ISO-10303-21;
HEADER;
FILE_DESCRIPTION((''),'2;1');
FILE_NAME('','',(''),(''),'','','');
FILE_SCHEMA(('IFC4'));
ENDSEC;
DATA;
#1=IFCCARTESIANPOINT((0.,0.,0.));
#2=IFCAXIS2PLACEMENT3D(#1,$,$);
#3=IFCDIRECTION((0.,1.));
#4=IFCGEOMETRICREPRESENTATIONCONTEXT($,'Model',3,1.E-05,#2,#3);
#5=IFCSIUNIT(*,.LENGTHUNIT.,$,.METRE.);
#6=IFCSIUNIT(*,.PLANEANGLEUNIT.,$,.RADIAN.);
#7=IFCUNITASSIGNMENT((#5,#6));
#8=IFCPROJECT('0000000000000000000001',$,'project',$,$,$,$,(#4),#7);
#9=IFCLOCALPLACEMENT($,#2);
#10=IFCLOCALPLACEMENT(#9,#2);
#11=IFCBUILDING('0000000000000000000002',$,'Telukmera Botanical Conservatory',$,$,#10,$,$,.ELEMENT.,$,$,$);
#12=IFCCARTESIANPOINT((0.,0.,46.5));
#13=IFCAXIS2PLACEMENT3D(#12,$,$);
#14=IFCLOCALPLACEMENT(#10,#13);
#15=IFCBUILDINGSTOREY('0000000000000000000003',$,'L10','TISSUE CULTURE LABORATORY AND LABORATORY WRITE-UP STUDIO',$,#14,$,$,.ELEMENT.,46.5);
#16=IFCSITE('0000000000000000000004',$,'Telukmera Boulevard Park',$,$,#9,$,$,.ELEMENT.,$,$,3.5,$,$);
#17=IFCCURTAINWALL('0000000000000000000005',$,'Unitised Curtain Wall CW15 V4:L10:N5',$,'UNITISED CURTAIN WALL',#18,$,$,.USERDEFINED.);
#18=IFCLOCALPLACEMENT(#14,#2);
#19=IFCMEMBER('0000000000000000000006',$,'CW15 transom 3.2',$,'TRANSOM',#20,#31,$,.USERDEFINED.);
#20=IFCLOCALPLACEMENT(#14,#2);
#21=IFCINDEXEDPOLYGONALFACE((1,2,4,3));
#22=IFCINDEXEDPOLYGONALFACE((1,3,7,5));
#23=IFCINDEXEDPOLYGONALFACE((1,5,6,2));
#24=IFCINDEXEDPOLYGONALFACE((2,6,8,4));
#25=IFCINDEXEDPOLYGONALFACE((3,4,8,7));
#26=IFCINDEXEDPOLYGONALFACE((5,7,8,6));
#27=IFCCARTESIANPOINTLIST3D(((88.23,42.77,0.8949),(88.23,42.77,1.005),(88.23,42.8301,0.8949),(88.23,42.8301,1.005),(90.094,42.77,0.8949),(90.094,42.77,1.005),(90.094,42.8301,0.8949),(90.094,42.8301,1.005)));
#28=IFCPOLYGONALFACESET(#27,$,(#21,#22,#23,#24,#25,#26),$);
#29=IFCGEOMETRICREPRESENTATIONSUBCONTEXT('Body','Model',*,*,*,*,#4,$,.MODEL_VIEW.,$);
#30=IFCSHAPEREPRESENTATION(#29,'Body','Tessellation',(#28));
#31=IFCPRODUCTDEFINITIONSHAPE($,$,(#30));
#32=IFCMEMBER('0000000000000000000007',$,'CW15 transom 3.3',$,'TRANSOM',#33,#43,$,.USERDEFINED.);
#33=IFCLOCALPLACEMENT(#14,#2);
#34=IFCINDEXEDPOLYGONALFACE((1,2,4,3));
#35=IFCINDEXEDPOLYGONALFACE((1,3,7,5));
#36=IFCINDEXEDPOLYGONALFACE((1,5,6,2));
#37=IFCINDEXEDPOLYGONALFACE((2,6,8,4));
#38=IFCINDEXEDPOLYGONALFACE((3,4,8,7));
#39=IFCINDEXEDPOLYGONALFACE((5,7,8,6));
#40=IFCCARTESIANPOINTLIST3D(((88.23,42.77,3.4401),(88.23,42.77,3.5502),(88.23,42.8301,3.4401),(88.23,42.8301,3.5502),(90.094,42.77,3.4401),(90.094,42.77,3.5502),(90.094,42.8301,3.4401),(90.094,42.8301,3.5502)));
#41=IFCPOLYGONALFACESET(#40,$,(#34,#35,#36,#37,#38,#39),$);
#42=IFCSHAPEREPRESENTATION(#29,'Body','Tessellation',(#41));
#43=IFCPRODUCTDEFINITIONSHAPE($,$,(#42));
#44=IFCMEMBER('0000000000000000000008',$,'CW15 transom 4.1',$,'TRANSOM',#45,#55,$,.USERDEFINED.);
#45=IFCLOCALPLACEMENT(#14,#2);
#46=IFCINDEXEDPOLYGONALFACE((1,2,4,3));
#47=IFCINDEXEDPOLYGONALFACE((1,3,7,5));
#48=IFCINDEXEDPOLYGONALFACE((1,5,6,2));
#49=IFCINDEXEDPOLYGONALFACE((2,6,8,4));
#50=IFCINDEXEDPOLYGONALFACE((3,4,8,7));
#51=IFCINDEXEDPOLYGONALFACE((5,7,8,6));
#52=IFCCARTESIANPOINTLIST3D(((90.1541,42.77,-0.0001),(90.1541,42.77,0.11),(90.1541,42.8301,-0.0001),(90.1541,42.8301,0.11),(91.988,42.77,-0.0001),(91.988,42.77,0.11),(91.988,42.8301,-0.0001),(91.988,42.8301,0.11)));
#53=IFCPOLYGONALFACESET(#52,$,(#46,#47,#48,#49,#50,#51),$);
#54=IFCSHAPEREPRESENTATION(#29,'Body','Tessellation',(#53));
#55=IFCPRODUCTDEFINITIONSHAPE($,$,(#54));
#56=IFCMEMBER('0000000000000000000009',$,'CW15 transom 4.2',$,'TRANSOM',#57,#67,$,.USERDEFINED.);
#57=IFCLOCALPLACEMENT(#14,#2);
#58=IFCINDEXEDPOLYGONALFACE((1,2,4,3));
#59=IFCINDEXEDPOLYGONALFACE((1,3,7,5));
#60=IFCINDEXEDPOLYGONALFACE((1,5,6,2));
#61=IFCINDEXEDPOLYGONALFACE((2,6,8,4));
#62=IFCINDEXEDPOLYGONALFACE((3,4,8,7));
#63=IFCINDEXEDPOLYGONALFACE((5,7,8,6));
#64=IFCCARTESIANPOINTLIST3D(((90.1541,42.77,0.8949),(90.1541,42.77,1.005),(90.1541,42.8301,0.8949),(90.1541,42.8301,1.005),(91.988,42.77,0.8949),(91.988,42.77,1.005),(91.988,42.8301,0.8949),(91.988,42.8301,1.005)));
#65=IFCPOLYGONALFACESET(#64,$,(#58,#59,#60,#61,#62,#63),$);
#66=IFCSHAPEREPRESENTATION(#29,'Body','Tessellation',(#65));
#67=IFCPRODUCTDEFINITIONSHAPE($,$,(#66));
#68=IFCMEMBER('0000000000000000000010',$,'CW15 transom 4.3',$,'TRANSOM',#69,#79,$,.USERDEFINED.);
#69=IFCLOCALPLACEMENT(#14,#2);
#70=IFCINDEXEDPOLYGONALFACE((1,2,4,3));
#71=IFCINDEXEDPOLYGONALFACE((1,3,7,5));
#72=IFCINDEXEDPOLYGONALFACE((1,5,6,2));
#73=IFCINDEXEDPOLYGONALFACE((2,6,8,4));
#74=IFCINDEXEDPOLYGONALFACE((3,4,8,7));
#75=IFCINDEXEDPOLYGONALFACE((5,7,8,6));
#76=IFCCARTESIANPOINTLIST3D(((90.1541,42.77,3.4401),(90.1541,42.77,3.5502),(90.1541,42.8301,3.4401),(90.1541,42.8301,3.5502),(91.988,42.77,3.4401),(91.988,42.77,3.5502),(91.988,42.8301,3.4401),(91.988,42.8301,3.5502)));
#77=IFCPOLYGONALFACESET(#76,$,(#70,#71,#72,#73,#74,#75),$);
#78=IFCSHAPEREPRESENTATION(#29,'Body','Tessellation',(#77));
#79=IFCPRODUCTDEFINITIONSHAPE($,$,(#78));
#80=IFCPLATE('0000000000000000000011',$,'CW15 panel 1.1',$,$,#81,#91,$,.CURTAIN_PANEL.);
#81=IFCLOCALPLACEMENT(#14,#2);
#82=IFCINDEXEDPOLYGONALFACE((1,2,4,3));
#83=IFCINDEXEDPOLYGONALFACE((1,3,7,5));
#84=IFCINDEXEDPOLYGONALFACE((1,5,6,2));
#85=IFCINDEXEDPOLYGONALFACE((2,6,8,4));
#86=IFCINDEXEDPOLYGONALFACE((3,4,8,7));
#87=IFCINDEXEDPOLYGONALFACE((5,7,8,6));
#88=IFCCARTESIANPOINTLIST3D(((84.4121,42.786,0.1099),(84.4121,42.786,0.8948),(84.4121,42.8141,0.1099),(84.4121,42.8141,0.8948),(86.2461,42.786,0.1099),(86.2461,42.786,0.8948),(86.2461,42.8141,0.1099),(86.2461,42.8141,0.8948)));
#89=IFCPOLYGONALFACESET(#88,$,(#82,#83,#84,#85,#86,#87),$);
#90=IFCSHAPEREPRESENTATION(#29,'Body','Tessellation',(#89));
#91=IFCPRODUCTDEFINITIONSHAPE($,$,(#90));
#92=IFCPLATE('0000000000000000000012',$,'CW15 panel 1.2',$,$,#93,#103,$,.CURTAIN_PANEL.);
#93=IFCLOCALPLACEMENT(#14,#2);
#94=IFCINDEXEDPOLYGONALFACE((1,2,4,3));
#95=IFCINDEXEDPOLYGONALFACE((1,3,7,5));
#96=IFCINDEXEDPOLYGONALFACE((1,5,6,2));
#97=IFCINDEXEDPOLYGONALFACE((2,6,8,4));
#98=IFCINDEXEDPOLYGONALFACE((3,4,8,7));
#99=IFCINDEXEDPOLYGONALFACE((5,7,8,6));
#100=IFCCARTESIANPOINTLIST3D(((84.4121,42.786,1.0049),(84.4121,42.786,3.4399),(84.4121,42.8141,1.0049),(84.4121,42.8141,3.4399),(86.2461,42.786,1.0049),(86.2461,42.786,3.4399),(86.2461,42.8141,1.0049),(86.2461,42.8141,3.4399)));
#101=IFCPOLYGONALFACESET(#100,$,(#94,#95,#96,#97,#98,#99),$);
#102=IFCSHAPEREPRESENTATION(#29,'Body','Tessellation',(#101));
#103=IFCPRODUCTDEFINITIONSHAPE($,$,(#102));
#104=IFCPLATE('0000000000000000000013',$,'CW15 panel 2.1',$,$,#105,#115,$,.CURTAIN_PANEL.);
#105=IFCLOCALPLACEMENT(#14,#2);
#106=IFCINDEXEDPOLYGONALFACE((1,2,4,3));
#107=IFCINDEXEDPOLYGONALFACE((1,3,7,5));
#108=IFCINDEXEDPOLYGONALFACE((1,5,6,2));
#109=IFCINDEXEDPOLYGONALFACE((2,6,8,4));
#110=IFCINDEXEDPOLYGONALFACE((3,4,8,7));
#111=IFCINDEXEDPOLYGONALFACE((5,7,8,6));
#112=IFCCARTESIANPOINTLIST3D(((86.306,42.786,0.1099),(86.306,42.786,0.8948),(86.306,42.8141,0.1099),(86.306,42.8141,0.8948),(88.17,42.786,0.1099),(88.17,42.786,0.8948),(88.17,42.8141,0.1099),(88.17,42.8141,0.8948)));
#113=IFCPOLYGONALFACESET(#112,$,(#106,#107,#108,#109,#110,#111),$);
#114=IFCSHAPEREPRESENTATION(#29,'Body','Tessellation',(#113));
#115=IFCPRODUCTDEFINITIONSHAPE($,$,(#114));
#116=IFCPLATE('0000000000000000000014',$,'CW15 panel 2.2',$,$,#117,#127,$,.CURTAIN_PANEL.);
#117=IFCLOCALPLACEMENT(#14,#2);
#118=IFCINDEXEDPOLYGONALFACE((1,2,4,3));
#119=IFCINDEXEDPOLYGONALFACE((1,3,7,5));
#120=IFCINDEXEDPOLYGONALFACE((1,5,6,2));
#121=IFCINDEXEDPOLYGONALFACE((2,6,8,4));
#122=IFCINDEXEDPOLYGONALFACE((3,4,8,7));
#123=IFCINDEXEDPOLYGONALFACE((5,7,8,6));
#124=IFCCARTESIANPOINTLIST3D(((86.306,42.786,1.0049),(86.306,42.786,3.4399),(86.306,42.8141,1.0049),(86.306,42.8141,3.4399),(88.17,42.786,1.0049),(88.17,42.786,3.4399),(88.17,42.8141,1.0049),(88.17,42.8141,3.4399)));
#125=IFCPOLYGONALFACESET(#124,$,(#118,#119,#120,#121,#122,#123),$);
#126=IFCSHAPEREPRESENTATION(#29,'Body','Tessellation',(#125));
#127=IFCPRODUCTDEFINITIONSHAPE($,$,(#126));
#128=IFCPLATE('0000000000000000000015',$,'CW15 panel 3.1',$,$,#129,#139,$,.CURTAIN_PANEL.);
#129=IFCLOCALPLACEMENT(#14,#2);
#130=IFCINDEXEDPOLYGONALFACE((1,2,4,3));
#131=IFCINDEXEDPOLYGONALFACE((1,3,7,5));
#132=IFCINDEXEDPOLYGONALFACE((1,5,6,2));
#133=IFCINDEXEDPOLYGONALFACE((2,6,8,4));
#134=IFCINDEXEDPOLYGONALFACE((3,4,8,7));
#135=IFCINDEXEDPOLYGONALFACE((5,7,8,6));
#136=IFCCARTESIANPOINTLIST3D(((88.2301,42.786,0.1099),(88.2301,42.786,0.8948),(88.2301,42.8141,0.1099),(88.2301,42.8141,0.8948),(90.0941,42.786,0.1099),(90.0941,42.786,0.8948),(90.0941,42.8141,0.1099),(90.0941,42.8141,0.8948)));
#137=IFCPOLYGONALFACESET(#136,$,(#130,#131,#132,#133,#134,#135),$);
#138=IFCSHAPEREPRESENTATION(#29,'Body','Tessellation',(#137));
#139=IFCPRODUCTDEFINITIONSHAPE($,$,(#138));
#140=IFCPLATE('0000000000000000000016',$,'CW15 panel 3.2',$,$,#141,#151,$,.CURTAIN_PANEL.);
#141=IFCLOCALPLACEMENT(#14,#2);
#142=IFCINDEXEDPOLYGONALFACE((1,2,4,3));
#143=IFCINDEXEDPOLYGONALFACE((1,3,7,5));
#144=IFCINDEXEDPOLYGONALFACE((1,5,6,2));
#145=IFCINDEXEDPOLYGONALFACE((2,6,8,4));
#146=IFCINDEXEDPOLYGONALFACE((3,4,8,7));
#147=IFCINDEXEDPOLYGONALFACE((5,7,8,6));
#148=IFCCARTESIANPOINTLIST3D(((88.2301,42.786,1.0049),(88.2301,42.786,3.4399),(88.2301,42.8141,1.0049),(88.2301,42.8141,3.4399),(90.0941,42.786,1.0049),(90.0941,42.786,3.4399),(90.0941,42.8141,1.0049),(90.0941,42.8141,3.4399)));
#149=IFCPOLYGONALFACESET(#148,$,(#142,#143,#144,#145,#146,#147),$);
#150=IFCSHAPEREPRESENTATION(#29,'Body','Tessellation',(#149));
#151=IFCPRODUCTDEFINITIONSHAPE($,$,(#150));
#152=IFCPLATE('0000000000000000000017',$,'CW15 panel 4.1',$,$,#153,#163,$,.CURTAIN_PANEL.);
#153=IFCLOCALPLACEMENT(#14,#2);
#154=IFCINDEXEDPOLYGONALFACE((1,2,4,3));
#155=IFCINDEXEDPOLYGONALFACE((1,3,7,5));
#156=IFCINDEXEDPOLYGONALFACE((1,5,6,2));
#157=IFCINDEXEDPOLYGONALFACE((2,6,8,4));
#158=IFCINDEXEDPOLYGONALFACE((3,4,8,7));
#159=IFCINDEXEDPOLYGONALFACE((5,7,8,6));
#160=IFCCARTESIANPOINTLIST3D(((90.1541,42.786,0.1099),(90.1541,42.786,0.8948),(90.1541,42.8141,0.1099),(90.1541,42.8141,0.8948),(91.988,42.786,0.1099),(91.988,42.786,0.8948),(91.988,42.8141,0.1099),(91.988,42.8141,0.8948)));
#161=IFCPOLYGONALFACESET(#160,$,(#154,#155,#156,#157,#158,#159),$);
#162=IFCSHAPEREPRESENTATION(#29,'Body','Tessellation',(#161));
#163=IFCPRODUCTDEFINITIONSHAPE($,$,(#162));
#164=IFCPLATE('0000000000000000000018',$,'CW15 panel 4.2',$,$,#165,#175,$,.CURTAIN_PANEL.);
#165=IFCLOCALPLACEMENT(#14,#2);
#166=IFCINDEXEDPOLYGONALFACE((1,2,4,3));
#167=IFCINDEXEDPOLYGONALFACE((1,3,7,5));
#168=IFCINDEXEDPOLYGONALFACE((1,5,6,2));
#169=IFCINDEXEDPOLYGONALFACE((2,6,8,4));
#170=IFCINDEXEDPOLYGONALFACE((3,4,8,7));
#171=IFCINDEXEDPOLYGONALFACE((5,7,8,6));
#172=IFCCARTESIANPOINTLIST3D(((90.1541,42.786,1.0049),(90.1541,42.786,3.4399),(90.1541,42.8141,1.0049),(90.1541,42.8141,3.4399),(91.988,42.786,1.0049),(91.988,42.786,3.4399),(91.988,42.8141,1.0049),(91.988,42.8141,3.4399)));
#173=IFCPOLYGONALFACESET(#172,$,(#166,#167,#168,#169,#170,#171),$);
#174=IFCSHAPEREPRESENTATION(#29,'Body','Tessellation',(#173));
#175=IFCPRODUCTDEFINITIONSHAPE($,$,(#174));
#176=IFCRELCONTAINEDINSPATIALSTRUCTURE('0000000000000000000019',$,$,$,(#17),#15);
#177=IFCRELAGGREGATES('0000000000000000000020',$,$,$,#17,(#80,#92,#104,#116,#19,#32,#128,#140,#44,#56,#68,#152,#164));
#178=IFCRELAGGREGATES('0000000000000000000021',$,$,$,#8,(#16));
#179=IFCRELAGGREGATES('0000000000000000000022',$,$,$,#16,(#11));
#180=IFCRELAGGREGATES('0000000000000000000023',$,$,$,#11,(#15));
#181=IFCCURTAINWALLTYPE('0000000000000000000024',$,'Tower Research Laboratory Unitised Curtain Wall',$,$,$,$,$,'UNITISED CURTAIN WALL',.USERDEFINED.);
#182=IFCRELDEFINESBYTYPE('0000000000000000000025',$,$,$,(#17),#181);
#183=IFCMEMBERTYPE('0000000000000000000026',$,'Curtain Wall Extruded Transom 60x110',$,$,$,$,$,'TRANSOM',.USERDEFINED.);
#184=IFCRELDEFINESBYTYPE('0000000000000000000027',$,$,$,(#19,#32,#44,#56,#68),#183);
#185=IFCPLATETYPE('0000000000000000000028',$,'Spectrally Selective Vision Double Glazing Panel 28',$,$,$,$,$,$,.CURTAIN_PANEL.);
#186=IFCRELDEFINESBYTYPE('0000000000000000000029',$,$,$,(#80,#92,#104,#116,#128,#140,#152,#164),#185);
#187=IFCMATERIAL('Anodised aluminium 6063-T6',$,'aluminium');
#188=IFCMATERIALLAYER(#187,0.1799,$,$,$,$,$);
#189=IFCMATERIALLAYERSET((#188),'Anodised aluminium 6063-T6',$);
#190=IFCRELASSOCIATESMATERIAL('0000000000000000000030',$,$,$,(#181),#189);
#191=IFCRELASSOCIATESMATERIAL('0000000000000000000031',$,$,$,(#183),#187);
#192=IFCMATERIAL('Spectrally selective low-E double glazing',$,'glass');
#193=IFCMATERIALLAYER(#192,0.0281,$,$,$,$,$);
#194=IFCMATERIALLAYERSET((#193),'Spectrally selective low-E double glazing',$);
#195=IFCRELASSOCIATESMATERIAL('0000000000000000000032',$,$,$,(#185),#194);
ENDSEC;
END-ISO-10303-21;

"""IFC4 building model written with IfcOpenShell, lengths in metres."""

from ifc_helpers import new_model, si_unit, direction, frame, origin, origin_2d, place, context, subcontext, project, spatial, rectangle, extrude, material, layer, layer_set, material_profile, profile_set, type_object, element, aggregate, save


model = new_model("IFC4")

# Units and contexts
model_context = context("Model", 3, precision=1e-05, world=origin(), true_north=direction((0.0, 1.0)))
body_context = subcontext(model_context, "Body", "Model", "MODEL_VIEW")
ifc_project = project(units=[si_unit("LENGTHUNIT", "METRE"), si_unit("PLANEANGLEUNIT", "RADIAN")], contexts=[model_context])

# Site, building, storey
site_placement = place(None, origin())
site = spatial("IfcSite", under=ifc_project, at=site_placement, Name="Telukmera Boulevard Park", CompositionType="ELEMENT", RefElevation=3.5)
building_placement = place(site_placement, origin())
building = spatial("IfcBuilding", under=site, at=building_placement, Name="Telukmera Botanical Conservatory", CompositionType="ELEMENT")
storey_placement = place(building_placement, frame((0.0, 0.0, 46.5)))
storey = spatial("IfcBuildingStorey", under=building, at=storey_placement, Name="L10", Description="TISSUE CULTURE LABORATORY AND LABORATORY WRITE-UP STUDIO", CompositionType="ELEMENT", Elevation=46.5)

# Curtain wall, members, plates
ifc_material_1 = material(Name="Anodised aluminium 6063-T6", Category="aluminium")
ifc_layer_1 = layer(ifc_material_1, 0.1799)
ifc_layer_set_1 = layer_set([ifc_layer_1], Name="Anodised aluminium 6063-T6")
curtain_wall_type = type_object("IfcCurtainWallType", Name="Tower Research Laboratory Unitised Curtain Wall", ElementType="UNITISED CURTAIN WALL", PredefinedType="USERDEFINED", material=ifc_layer_set_1)
curtain_wall_placement = place(storey_placement, origin())
curtain_wall = element("IfcCurtainWall", 1, at=curtain_wall_placement, inside=storey, type_object=curtain_wall_type, Name="Unitised Curtain Wall CW15 V4:L10:N5", ObjectType="UNITISED CURTAIN WALL", PredefinedType="USERDEFINED")
ifc_material_profile_1 = material_profile(ifc_material_1, rectangle(XDim=0.0601, YDim=0.1101, at=origin_2d()), Name="ALU TRAN 60x110")
ifc_profile_set_1 = profile_set([ifc_material_profile_1], Name="Anodised aluminium 6063-T6")
member_type_1 = type_object("IfcMemberType", Name="Curtain Wall Extruded Transom 60x110", ElementType="TRANSOM", PredefinedType="USERDEFINED", material=ifc_profile_set_1)
member_1_placement = place(storey_placement, frame((88.23, 42.8, 0.95), z_axis=(1.0, 0.0, 0.0), x_axis=(0.0, 1.0, 0.0)))
member_1 = element("IfcMember", 2, at=member_1_placement, type_object=member_type_1, Name="CW15 transom 3.2", ObjectType="TRANSOM", PredefinedType="USERDEFINED", context=body_context, shape_type="SweptSolid", body=[
    extrude(rectangle(XDim=0.0601, YDim=0.1101, at=origin_2d()), origin(), (0.0, 0.0, 1.0), 1.864),
])
member_2_placement = place(storey_placement, frame((88.23, 42.8, 3.4951), z_axis=(1.0, 0.0, 0.0), x_axis=(0.0, 1.0, 0.0)))
member_2 = element("IfcMember", 3, at=member_2_placement, type_object=member_type_1, Name="CW15 transom 3.3", ObjectType="TRANSOM", PredefinedType="USERDEFINED", context=body_context, shape_type="SweptSolid", body=[
    extrude(rectangle(XDim=0.0601, YDim=0.1101, at=origin_2d()), origin(), (0.0, 0.0, 1.0), 1.864),
])
member_3_placement = place(storey_placement, frame((90.1541, 42.8, 0.0549), z_axis=(1.0, 0.0, 0.0), x_axis=(0.0, 1.0, 0.0)))
member_3 = element("IfcMember", 4, at=member_3_placement, type_object=member_type_1, Name="CW15 transom 4.1", ObjectType="TRANSOM", PredefinedType="USERDEFINED", context=body_context, shape_type="SweptSolid", body=[
    extrude(rectangle(XDim=0.0601, YDim=0.1101, at=origin_2d()), origin(), (0.0, 0.0, 1.0), 1.834),
])
member_4_placement = place(storey_placement, frame((90.1541, 42.8, 0.95), z_axis=(1.0, 0.0, 0.0), x_axis=(0.0, 1.0, 0.0)))
member_4 = element("IfcMember", 5, at=member_4_placement, type_object=member_type_1, Name="CW15 transom 4.2", ObjectType="TRANSOM", PredefinedType="USERDEFINED", context=body_context, shape_type="SweptSolid", body=[
    extrude(rectangle(XDim=0.0601, YDim=0.1101, at=origin_2d()), origin(), (0.0, 0.0, 1.0), 1.834),
])
member_5_placement = place(storey_placement, frame((90.1541, 42.8, 3.4951), z_axis=(1.0, 0.0, 0.0), x_axis=(0.0, 1.0, 0.0)))
member_5 = element("IfcMember", 6, at=member_5_placement, type_object=member_type_1, Name="CW15 transom 4.3", ObjectType="TRANSOM", PredefinedType="USERDEFINED", context=body_context, shape_type="SweptSolid", body=[
    extrude(rectangle(XDim=0.0601, YDim=0.1101, at=origin_2d()), origin(), (0.0, 0.0, 1.0), 1.834),
])
ifc_material_2 = material(Name="Spectrally selective low-E double glazing", Category="glass")
ifc_layer_2 = layer(ifc_material_2, 0.0281)
ifc_layer_set_2 = layer_set([ifc_layer_2], Name="Spectrally selective low-E double glazing")
plate_type = type_object("IfcPlateType", Name="Spectrally Selective Vision Double Glazing Panel 28", PredefinedType="CURTAIN_PANEL", material=ifc_layer_set_2)
plate_1_placement = place(storey_placement, frame((85.3291, 42.8, 0.1099), z_axis=(0.0, 0.0, 1.0), x_axis=(1.0, 0.0, 0.0)))
plate_1 = element("IfcPlate", 7, at=plate_1_placement, type_object=plate_type, Name="CW15 panel 1.1", PredefinedType="CURTAIN_PANEL", context=body_context, shape_type="SweptSolid", body=[
    extrude(rectangle(XDim=1.834, YDim=0.0281, at=origin_2d()), origin(), (0.0, 0.0, 1.0), 0.7849),
])
plate_2_placement = place(storey_placement, frame((85.3291, 42.8, 1.0049), z_axis=(0.0, 0.0, 1.0), x_axis=(1.0, 0.0, 0.0)))
plate_2 = element("IfcPlate", 8, at=plate_2_placement, type_object=plate_type, Name="CW15 panel 1.2", PredefinedType="CURTAIN_PANEL", context=body_context, shape_type="SweptSolid", body=[
    extrude(rectangle(XDim=1.834, YDim=0.0281, at=origin_2d()), origin(), (0.0, 0.0, 1.0), 2.4351),
])
plate_3_placement = place(storey_placement, frame((87.238, 42.8, 0.1099), z_axis=(0.0, 0.0, 1.0), x_axis=(1.0, 0.0, 0.0)))
plate_3 = element("IfcPlate", 9, at=plate_3_placement, type_object=plate_type, Name="CW15 panel 2.1", PredefinedType="CURTAIN_PANEL", context=body_context, shape_type="SweptSolid", body=[
    extrude(rectangle(XDim=1.864, YDim=0.0281, at=origin_2d()), origin(), (0.0, 0.0, 1.0), 0.7849),
])
plate_4_placement = place(storey_placement, frame((87.238, 42.8, 1.0049), z_axis=(0.0, 0.0, 1.0), x_axis=(1.0, 0.0, 0.0)))
plate_4 = element("IfcPlate", 10, at=plate_4_placement, type_object=plate_type, Name="CW15 panel 2.2", PredefinedType="CURTAIN_PANEL", context=body_context, shape_type="SweptSolid", body=[
    extrude(rectangle(XDim=1.864, YDim=0.0281, at=origin_2d()), origin(), (0.0, 0.0, 1.0), 2.4351),
])
plate_5_placement = place(storey_placement, frame((89.1621, 42.8, 0.1099), z_axis=(0.0, 0.0, 1.0), x_axis=(1.0, 0.0, 0.0)))
plate_5 = element("IfcPlate", 11, at=plate_5_placement, type_object=plate_type, Name="CW15 panel 3.1", PredefinedType="CURTAIN_PANEL", context=body_context, shape_type="SweptSolid", body=[
    extrude(rectangle(XDim=1.864, YDim=0.0281, at=origin_2d()), origin(), (0.0, 0.0, 1.0), 0.7849),
])
plate_6_placement = place(storey_placement, frame((89.1621, 42.8, 1.0049), z_axis=(0.0, 0.0, 1.0), x_axis=(1.0, 0.0, 0.0)))
plate_6 = element("IfcPlate", 12, at=plate_6_placement, type_object=plate_type, Name="CW15 panel 3.2", PredefinedType="CURTAIN_PANEL", context=body_context, shape_type="SweptSolid", body=[
    extrude(rectangle(XDim=1.864, YDim=0.0281, at=origin_2d()), origin(), (0.0, 0.0, 1.0), 2.4351),
])
plate_7_placement = place(storey_placement, frame((91.071, 42.8, 0.1099), z_axis=(0.0, 0.0, 1.0), x_axis=(1.0, 0.0, 0.0)))
plate_7 = element("IfcPlate", 13, at=plate_7_placement, type_object=plate_type, Name="CW15 panel 4.1", PredefinedType="CURTAIN_PANEL", context=body_context, shape_type="SweptSolid", body=[
    extrude(rectangle(XDim=1.834, YDim=0.0281, at=origin_2d()), origin(), (0.0, 0.0, 1.0), 0.7849),
])
plate_8_placement = place(storey_placement, frame((91.071, 42.8, 1.0049), z_axis=(0.0, 0.0, 1.0), x_axis=(1.0, 0.0, 0.0)))
plate_8 = element("IfcPlate", 14, at=plate_8_placement, type_object=plate_type, Name="CW15 panel 4.2", PredefinedType="CURTAIN_PANEL", context=body_context, shape_type="SweptSolid", body=[
    extrude(rectangle(XDim=1.834, YDim=0.0281, at=origin_2d()), origin(), (0.0, 0.0, 1.0), 2.4351),
])
aggregate(curtain_wall, [plate_1, plate_2, plate_3, plate_4, member_1, member_2, plate_5, plate_6, member_3, member_4, member_5, plate_7, plate_8])

save(model, "model.ifc")
